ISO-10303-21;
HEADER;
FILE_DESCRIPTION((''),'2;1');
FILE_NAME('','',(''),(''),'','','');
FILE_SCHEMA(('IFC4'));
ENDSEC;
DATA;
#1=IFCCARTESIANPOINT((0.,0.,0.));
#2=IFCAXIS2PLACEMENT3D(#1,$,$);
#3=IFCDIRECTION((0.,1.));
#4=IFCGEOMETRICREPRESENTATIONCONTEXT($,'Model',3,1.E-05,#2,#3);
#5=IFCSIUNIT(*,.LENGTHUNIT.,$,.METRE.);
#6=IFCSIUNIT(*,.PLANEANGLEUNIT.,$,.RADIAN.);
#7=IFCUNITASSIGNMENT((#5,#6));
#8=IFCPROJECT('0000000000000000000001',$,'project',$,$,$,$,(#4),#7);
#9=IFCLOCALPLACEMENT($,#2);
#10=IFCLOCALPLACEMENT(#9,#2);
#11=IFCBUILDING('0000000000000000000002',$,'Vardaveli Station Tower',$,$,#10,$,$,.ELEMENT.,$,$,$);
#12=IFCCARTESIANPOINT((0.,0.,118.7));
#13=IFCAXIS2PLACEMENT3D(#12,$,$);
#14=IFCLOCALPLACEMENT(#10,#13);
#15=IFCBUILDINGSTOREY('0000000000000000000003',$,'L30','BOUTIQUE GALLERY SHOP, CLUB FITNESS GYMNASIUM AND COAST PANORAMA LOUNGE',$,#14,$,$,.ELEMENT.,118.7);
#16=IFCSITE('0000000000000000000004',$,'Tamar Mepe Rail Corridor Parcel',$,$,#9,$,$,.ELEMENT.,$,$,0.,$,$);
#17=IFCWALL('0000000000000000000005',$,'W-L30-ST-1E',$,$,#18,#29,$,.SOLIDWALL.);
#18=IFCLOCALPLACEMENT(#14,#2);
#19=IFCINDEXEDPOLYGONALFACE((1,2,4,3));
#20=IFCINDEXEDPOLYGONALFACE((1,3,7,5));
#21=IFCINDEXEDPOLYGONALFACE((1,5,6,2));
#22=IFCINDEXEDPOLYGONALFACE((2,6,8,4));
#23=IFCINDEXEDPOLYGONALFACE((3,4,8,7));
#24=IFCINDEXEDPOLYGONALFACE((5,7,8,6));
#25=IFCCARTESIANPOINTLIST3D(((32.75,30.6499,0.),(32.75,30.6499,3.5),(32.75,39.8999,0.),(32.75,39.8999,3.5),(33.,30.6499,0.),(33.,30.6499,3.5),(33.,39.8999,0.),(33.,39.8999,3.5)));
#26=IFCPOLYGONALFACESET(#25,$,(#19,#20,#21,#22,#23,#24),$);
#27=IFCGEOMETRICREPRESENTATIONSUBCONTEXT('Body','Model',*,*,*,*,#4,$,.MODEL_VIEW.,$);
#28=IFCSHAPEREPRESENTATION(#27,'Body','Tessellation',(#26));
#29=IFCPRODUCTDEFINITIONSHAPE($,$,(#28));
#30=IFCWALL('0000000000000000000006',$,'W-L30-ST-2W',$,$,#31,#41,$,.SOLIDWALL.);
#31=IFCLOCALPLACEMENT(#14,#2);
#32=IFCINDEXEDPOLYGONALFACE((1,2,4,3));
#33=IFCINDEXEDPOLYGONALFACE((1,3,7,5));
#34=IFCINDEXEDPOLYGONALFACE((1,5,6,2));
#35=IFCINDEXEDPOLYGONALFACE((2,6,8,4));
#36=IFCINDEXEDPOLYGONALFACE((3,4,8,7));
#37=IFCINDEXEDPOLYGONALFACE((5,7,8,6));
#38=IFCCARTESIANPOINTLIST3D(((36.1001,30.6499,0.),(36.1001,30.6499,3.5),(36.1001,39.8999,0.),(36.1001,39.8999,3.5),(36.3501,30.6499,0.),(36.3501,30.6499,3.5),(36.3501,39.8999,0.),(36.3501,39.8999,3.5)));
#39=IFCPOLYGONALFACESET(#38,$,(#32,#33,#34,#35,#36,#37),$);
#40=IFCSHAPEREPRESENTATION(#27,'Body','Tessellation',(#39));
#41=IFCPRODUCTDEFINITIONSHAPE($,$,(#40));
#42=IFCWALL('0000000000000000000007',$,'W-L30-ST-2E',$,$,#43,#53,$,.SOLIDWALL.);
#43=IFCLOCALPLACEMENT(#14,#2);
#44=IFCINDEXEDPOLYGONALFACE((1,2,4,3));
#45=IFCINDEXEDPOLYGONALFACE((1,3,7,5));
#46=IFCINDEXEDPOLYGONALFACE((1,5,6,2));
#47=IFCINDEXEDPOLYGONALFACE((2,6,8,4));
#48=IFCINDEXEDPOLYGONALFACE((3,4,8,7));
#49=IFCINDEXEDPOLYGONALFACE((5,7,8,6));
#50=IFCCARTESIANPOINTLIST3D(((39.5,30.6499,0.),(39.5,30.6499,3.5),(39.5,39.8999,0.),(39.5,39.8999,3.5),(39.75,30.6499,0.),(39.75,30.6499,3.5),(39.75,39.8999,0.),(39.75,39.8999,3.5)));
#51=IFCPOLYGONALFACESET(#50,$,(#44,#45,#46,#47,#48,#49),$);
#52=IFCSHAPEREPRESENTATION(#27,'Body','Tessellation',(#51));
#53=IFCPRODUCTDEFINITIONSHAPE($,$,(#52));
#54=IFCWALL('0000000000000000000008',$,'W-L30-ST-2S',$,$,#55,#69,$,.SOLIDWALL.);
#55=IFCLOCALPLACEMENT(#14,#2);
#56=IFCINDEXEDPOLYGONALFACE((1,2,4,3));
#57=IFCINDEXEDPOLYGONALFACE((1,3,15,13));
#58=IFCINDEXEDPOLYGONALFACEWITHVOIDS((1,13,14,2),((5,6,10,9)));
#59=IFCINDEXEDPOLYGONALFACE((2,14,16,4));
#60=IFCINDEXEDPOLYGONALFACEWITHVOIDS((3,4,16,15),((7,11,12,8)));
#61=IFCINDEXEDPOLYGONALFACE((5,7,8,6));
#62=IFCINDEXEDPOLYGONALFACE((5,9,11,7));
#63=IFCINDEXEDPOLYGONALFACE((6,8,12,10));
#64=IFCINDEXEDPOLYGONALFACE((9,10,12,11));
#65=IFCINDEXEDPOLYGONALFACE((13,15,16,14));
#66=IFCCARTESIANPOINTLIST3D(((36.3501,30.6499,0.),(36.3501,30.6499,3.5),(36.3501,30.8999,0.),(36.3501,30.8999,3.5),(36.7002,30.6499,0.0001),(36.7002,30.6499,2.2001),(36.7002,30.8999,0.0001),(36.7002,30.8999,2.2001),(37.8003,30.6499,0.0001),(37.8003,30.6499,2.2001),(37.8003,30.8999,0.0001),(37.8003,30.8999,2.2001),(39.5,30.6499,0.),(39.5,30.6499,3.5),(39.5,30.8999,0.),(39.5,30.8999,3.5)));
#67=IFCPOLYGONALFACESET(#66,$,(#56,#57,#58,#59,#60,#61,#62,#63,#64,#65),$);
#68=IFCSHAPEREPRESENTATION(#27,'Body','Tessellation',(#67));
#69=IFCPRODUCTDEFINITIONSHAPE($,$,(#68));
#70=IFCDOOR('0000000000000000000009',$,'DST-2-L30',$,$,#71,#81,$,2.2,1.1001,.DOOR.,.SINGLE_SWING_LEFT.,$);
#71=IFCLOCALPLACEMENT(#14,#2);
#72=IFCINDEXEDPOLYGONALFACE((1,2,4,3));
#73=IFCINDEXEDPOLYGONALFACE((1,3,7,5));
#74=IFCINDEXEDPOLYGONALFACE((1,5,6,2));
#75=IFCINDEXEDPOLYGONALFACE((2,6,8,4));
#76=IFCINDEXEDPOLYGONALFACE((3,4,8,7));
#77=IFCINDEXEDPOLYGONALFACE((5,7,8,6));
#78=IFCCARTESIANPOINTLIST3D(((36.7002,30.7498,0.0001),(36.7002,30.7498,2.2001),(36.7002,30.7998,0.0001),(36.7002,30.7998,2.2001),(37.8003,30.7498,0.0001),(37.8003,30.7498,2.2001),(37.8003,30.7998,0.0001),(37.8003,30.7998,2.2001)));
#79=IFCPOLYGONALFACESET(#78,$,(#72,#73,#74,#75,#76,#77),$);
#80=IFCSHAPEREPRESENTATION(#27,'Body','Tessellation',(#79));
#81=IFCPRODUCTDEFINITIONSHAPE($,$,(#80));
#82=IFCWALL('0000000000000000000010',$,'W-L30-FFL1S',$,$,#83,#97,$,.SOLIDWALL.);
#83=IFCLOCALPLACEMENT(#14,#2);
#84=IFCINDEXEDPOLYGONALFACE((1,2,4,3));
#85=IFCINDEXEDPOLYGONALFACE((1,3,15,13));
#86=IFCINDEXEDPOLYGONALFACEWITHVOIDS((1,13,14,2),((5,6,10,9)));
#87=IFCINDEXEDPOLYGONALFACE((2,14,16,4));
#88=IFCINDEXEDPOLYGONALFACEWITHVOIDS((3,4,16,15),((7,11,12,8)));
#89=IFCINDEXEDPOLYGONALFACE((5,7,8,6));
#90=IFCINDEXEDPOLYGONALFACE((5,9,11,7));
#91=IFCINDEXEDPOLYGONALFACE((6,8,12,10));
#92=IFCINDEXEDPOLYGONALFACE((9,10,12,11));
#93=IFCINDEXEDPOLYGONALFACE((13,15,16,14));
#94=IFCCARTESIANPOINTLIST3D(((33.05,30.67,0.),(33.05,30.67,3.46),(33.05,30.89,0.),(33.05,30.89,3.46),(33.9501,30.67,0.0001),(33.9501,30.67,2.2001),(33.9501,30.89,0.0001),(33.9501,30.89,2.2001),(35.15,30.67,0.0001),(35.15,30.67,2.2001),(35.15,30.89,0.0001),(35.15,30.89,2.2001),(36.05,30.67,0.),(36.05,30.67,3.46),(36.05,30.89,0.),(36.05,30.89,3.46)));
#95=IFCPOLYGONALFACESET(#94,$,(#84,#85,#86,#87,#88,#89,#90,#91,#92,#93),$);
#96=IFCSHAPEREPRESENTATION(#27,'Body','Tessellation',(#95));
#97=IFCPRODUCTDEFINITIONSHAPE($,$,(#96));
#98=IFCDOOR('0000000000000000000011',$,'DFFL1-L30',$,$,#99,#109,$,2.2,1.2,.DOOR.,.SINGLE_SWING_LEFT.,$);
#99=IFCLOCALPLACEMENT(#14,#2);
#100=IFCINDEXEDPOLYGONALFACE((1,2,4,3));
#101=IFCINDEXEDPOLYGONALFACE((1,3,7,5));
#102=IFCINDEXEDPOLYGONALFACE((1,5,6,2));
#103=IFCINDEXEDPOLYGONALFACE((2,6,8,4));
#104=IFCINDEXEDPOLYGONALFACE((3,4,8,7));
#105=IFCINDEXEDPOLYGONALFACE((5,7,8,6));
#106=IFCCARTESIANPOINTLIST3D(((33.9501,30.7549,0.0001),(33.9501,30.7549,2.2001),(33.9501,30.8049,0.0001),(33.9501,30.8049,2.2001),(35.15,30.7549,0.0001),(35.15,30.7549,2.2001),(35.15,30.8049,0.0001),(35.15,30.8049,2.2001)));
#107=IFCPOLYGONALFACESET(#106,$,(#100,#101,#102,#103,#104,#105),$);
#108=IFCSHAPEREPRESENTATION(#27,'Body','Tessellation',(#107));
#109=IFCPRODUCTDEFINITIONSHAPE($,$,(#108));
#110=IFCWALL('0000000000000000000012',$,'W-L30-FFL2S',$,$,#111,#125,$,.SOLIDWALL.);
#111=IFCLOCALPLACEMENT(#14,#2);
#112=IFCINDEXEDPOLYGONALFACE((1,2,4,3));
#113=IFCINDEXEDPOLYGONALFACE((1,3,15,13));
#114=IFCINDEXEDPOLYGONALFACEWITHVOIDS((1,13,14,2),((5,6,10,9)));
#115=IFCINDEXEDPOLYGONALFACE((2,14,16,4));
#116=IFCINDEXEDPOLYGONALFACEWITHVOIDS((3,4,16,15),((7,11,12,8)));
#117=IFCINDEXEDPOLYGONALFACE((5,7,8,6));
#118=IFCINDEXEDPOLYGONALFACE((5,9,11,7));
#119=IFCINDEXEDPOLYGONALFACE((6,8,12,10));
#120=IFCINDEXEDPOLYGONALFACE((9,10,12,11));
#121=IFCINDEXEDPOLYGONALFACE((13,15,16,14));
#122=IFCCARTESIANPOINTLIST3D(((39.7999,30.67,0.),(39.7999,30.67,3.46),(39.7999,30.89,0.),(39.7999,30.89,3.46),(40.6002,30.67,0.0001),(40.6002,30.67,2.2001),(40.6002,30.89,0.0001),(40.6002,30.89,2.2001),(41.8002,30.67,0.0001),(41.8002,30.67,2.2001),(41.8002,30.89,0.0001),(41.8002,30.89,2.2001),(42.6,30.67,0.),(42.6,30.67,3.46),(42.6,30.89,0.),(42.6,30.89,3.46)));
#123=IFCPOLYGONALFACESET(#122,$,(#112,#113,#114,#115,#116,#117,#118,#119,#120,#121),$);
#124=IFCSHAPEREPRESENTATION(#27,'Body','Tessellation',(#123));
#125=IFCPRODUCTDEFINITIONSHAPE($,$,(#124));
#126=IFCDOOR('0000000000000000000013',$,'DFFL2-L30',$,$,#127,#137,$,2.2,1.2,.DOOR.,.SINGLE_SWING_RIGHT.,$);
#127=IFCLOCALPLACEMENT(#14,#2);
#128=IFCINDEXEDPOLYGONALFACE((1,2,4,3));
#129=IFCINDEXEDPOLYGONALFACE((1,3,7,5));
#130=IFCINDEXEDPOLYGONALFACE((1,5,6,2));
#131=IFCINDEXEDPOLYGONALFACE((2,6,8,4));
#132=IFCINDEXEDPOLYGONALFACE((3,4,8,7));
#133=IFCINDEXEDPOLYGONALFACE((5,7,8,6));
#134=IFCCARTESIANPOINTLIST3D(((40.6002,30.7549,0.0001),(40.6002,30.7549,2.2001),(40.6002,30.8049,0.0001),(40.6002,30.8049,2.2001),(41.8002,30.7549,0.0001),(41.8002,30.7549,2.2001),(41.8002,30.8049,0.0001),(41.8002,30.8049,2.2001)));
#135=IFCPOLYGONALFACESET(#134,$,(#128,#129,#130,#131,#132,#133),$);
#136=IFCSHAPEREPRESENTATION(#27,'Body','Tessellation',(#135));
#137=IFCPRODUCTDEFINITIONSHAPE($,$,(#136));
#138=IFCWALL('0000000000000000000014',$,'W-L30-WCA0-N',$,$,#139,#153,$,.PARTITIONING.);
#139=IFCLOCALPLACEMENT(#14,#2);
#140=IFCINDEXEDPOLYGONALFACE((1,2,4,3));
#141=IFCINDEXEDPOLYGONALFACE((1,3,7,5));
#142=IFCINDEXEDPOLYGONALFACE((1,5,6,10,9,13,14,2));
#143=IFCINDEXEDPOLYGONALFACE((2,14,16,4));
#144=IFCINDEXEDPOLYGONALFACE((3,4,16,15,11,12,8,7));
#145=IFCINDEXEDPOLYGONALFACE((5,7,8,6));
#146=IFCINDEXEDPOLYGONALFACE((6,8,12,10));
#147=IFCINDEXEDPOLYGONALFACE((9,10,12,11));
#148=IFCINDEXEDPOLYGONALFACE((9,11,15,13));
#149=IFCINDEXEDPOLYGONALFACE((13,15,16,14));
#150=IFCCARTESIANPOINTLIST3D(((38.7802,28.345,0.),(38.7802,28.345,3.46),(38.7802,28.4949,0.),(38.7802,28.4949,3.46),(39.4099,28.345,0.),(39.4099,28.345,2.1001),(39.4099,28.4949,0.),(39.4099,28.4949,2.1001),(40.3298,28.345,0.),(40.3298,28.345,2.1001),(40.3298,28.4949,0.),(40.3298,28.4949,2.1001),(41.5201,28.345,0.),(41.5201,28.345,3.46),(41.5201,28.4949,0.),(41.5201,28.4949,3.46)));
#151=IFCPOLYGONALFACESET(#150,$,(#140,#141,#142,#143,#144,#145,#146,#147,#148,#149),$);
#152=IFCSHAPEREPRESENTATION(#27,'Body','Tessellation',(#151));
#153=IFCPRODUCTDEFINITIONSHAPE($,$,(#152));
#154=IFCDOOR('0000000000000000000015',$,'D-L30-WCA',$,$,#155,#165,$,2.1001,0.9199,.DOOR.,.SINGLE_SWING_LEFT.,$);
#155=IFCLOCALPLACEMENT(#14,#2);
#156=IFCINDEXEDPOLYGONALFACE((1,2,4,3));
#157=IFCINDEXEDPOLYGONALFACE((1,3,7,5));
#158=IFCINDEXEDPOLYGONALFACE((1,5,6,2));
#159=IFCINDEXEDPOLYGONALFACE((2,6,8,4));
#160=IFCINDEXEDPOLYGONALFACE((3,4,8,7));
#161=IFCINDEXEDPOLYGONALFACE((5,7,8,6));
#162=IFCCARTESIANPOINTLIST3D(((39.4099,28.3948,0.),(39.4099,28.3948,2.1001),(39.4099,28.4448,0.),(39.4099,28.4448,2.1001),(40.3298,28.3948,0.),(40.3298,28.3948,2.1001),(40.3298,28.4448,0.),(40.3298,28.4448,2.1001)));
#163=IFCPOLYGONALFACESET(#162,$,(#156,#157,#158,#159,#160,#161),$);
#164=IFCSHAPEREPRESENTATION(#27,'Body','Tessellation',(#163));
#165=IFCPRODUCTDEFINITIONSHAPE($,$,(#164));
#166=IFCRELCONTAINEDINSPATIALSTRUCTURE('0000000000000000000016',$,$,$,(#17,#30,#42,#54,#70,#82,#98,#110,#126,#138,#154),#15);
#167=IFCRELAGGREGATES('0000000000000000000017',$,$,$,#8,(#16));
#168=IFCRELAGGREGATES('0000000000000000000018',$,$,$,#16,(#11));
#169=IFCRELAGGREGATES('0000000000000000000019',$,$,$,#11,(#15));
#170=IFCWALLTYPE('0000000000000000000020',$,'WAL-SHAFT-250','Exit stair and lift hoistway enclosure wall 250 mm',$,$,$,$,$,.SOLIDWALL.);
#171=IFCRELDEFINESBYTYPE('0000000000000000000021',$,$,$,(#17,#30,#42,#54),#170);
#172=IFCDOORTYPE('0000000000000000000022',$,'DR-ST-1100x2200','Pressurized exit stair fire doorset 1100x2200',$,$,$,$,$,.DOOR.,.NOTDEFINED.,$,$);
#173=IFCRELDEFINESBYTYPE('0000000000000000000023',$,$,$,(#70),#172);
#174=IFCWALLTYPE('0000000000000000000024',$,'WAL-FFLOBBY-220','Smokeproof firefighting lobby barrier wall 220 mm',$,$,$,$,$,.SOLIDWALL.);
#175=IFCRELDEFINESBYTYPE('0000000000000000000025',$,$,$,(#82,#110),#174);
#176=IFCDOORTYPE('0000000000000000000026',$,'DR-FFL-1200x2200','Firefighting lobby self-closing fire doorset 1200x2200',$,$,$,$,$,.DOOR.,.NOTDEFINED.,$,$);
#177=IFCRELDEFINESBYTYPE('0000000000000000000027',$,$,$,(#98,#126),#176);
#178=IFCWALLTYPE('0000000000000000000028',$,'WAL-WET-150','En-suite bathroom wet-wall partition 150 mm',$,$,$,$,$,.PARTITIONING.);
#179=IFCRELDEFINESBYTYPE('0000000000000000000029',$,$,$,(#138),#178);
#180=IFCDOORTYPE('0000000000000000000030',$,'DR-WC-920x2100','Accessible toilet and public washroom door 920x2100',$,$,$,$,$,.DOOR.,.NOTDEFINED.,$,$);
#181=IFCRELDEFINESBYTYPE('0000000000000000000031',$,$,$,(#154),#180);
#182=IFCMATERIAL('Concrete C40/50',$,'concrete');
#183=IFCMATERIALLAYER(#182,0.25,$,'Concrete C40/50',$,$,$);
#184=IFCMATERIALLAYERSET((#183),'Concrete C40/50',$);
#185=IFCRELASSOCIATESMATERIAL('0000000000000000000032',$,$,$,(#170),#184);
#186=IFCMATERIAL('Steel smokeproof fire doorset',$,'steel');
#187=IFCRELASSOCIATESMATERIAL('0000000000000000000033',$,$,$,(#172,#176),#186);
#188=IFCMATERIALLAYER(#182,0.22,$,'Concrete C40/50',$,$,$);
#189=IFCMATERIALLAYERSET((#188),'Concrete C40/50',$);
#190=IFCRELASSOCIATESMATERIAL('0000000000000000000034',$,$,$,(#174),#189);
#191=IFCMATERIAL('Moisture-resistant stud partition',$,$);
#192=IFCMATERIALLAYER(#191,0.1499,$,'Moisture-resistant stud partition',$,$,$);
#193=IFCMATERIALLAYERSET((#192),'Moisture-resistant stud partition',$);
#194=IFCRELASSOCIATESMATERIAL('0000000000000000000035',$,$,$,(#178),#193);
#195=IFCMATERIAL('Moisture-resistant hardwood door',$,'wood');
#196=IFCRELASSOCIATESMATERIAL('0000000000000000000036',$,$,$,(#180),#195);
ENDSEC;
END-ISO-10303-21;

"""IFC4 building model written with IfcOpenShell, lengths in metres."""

from ifc_helpers import new_model, si_unit, direction, frame, frame_2d, origin, place, context, subcontext, project, spatial, rectangle, extrude, source, transform, mapped, material, layer, layer_set, type_object, element, fill, save


model = new_model("IFC4")

# Units and contexts
model_context = context("Model", 3, precision=1e-05, world=origin(), true_north=direction((0.0, 1.0)))
body_context = subcontext(model_context, "Body", "Model", "MODEL_VIEW")
ifc_project = project(units=[si_unit("LENGTHUNIT", "METRE"), si_unit("PLANEANGLEUNIT", "RADIAN")], contexts=[model_context])

# Site, building, storey
site_placement = place(None, origin())
site = spatial("IfcSite", under=ifc_project, at=site_placement, Name="Tamar Mepe Rail Corridor Parcel", CompositionType="ELEMENT", RefElevation=0.0)
building_placement = place(site_placement, origin())
building = spatial("IfcBuilding", under=site, at=building_placement, Name="Vardaveli Station Tower", CompositionType="ELEMENT")
storey_placement = place(building_placement, frame((0.0, 0.0, 118.7)))
storey = spatial("IfcBuildingStorey", under=building, at=storey_placement, Name="L30", Description="BOUTIQUE GALLERY SHOP, CLUB FITNESS GYMNASIUM AND COAST PANORAMA LOUNGE", CompositionType="ELEMENT", Elevation=118.7)

# Walls
ifc_material_1 = material(Name="Concrete C40/50", Category="concrete")
ifc_layer_1 = layer(ifc_material_1, 0.25, Name="Concrete C40/50")
ifc_layer_set_1 = layer_set([ifc_layer_1], Name="Concrete C40/50")
wall_type_1 = type_object("IfcWallType", Name="WAL-SHAFT-250", Description="Exit stair and lift hoistway enclosure wall 250 mm", PredefinedType="SOLIDWALL", material=ifc_layer_set_1)
shared_shape_1 = source(origin(), body_context, "Body", "SweptSolid", [
    extrude(rectangle(XDim=9.25, YDim=0.25, at=frame_2d((4.625, 0.0))), origin(), (0.0, 0.0, 1.0), 3.5),
])
for number, where, z_axis, x_axis, name in (
    (1, (32.875, 30.6499, 0.0), (0.0, 0.0, 1.0), (0.0, 1.0, 0.0), "W-L30-ST-1E"),
    (2, (36.2251, 30.6499, 0.0), (0.0, 0.0, 1.0), (0.0, 1.0, 0.0), "W-L30-ST-2W"),
    (3, (39.625, 30.6499, 0.0), (0.0, 0.0, 1.0), (0.0, 1.0, 0.0), "W-L30-ST-2E"),
):
    element("IfcWall", number, at=place(storey_placement, frame(where, z_axis=z_axis, x_axis=x_axis)), inside=storey, type_object=wall_type_1, Name=name, PredefinedType="SOLIDWALL", context=body_context, shape_type="MappedRepresentation", body=[
        mapped(shared_shape_1, transform((0.0, 0.0, 0.0), scale=1.0)),
    ])

# Walls, openings, doors
shared_shape_2 = source(origin(), body_context, "Body", "SweptSolid", [
    extrude(rectangle(XDim=3.1499, YDim=0.25, at=frame_2d((1.575, 0.0))), origin(), (0.0, 0.0, 1.0), 3.5),
])
wall_1_placement = place(storey_placement, frame((36.3501, 30.7749, 0.0), z_axis=(0.0, 0.0, 1.0), x_axis=(1.0, 0.0, 0.0)))
wall_1 = element("IfcWall", 4, at=wall_1_placement, inside=storey, type_object=wall_type_1, Name="W-L30-ST-2S", PredefinedType="SOLIDWALL", context=body_context, shape_type="MappedRepresentation", body=[
    mapped(shared_shape_2, transform((0.0, 0.0, 0.0), scale=1.0)),
])
shared_shape_3 = source(origin(), body_context, "Body", "SweptSolid", [
    extrude(rectangle(XDim=1.1001, YDim=2.2, at=frame_2d((0.55, 1.1001))), frame((0.0, 0.135, 0.0), z_axis=(0.0, -1.0, 0.0), x_axis=(1.0, 0.0, 0.0)), (0.0, 0.0, 1.0), 0.27),
])
opening_1_placement = place(wall_1_placement, frame((0.3501, 0.0, 0.0)))
opening_1 = element("IfcOpeningElement", 5, at=opening_1_placement, cuts=wall_1, PredefinedType="OPENING", context=body_context, shape_type="MappedRepresentation", body=[
    mapped(shared_shape_3, transform((0.0, 0.0, 0.0), scale=1.0)),
])
ifc_material_2 = material(Name="Steel smokeproof fire doorset", Category="steel")
door_type_1 = type_object("IfcDoorType", Name="DR-ST-1100x2200", Description="Pressurized exit stair fire doorset 1100x2200", OperationType="NOTDEFINED", PredefinedType="DOOR", material=ifc_material_2)
shared_shape_4 = source(origin(), body_context, "Body", "SweptSolid", [
    extrude(rectangle(XDim=1.1001, YDim=2.2, at=frame_2d((0.55, 1.1001))), frame((0.0, 0.0249, 0.0), z_axis=(0.0, -1.0, 0.0), x_axis=(1.0, 0.0, 0.0)), (0.0, 0.0, 1.0), 0.05),
])
door_1_placement = place(opening_1_placement, origin())
door_1 = element("IfcDoor", 6, at=door_1_placement, inside=storey, type_object=door_type_1, Name="DST-2-L30", OperationType="SINGLE_SWING_LEFT", OverallHeight=2.2, OverallWidth=1.1001, PredefinedType="DOOR", context=body_context, shape_type="MappedRepresentation", body=[
    mapped(shared_shape_4, transform((0.0, 0.0, 0.0), scale=1.0)),
])
fill(opening_1, door_1)
ifc_layer_2 = layer(ifc_material_1, 0.22, Name="Concrete C40/50")
ifc_layer_set_2 = layer_set([ifc_layer_2], Name="Concrete C40/50")
wall_type_2 = type_object("IfcWallType", Name="WAL-FFLOBBY-220", Description="Smokeproof firefighting lobby barrier wall 220 mm", PredefinedType="SOLIDWALL", material=ifc_layer_set_2)
shared_shape_5 = source(origin(), body_context, "Body", "SweptSolid", [
    extrude(rectangle(XDim=3.0, YDim=0.22, at=frame_2d((1.5, 0.0))), origin(), (0.0, 0.0, 1.0), 3.46),
])
wall_2_placement = place(storey_placement, frame((33.05, 30.78, 0.0), z_axis=(0.0, 0.0, 1.0), x_axis=(1.0, 0.0, 0.0)))
wall_2 = element("IfcWall", 7, at=wall_2_placement, inside=storey, type_object=wall_type_2, Name="W-L30-FFL1S", PredefinedType="SOLIDWALL", context=body_context, shape_type="MappedRepresentation", body=[
    mapped(shared_shape_5, transform((0.0, 0.0, 0.0), scale=1.0)),
])
shared_shape_6 = source(origin(), body_context, "Body", "SweptSolid", [
    extrude(rectangle(XDim=1.2, YDim=2.2, at=frame_2d((0.6001, 1.1001))), frame((0.0, 0.1201, 0.0), z_axis=(0.0, -1.0, 0.0), x_axis=(1.0, 0.0, 0.0)), (0.0, 0.0, 1.0), 0.24),
])
opening_2_placement = place(wall_2_placement, frame((0.8999, 0.0, 0.0)))
opening_2 = element("IfcOpeningElement", 8, at=opening_2_placement, cuts=wall_2, PredefinedType="OPENING", context=body_context, shape_type="MappedRepresentation", body=[
    mapped(shared_shape_6, transform((0.0, 0.0, 0.0), scale=1.0)),
])
door_type_2 = type_object("IfcDoorType", Name="DR-FFL-1200x2200", Description="Firefighting lobby self-closing fire doorset 1200x2200", OperationType="NOTDEFINED", PredefinedType="DOOR", material=ifc_material_2)
shared_shape_7 = source(origin(), body_context, "Body", "SweptSolid", [
    extrude(rectangle(XDim=1.2, YDim=2.2, at=frame_2d((0.6001, 1.1001))), frame((0.0, 0.0249, 0.0), z_axis=(0.0, -1.0, 0.0), x_axis=(1.0, 0.0, 0.0)), (0.0, 0.0, 1.0), 0.05),
])
door_2_placement = place(opening_2_placement, origin())
door_2 = element("IfcDoor", 9, at=door_2_placement, inside=storey, type_object=door_type_2, Name="DFFL1-L30", OperationType="SINGLE_SWING_LEFT", OverallHeight=2.2, OverallWidth=1.2, PredefinedType="DOOR", context=body_context, shape_type="MappedRepresentation", body=[
    mapped(shared_shape_7, transform((0.0, 0.0, 0.0), scale=1.0)),
])
fill(opening_2, door_2)
shared_shape_8 = source(origin(), body_context, "Body", "SweptSolid", [
    extrude(rectangle(XDim=2.8, YDim=0.22, at=frame_2d((1.3999, 0.0))), origin(), (0.0, 0.0, 1.0), 3.46),
])
wall_3_placement = place(storey_placement, frame((39.8, 30.78, 0.0), z_axis=(0.0, 0.0, 1.0), x_axis=(1.0, 0.0, 0.0)))
wall_3 = element("IfcWall", 10, at=wall_3_placement, inside=storey, type_object=wall_type_2, Name="W-L30-FFL2S", PredefinedType="SOLIDWALL", context=body_context, shape_type="MappedRepresentation", body=[
    mapped(shared_shape_8, transform((0.0, 0.0, 0.0), scale=1.0)),
])
opening_3_placement = place(wall_3_placement, frame((0.8, 0.0, 0.0)))
opening_3 = element("IfcOpeningElement", 11, at=opening_3_placement, cuts=wall_3, PredefinedType="OPENING", context=body_context, shape_type="MappedRepresentation", body=[
    mapped(shared_shape_6, transform((0.0, 0.0, 0.0), scale=1.0)),
])
door_3_placement = place(opening_3_placement, origin())
door_3 = element("IfcDoor", 12, at=door_3_placement, inside=storey, type_object=door_type_2, Name="DFFL2-L30", OperationType="SINGLE_SWING_RIGHT", OverallHeight=2.2, OverallWidth=1.2, PredefinedType="DOOR", context=body_context, shape_type="MappedRepresentation", body=[
    mapped(shared_shape_7, transform((0.0, 0.0, 0.0), scale=1.0)),
])
fill(opening_3, door_3)
ifc_material_3 = material(Name="Moisture-resistant stud partition")
ifc_layer_3 = layer(ifc_material_3, 0.1499, Name="Moisture-resistant stud partition")
ifc_layer_set_3 = layer_set([ifc_layer_3], Name="Moisture-resistant stud partition")
wall_type_3 = type_object("IfcWallType", Name="WAL-WET-150", Description="En-suite bathroom wet-wall partition 150 mm", PredefinedType="PARTITIONING", material=ifc_layer_set_3)
shared_shape_9 = source(origin(), body_context, "Body", "SweptSolid", [
    extrude(rectangle(XDim=2.74, YDim=0.1499, at=frame_2d((1.3701, 0.0))), origin(), (0.0, 0.0, 1.0), 3.46),
])
wall_4_placement = place(storey_placement, frame((38.78, 28.4199, 0.0), z_axis=(0.0, 0.0, 1.0), x_axis=(1.0, 0.0, 0.0)))
wall_4 = element("IfcWall", 13, at=wall_4_placement, inside=storey, type_object=wall_type_3, Name="W-L30-WCA0-N", PredefinedType="PARTITIONING", context=body_context, shape_type="MappedRepresentation", body=[
    mapped(shared_shape_9, transform((0.0, 0.0, 0.0), scale=1.0)),
])
shared_shape_10 = source(origin(), body_context, "Body", "SweptSolid", [
    extrude(rectangle(XDim=0.9199, YDim=2.1001, at=frame_2d((0.46, 1.05))), frame((0.0, 0.085, 0.0), z_axis=(0.0, -1.0, 0.0), x_axis=(1.0, 0.0, 0.0)), (0.0, 0.0, 1.0), 0.1699),
])
opening_4_placement = place(wall_4_placement, frame((0.6299, 0.0, 0.0)))
opening_4 = element("IfcOpeningElement", 14, at=opening_4_placement, cuts=wall_4, PredefinedType="OPENING", context=body_context, shape_type="MappedRepresentation", body=[
    mapped(shared_shape_10, transform((0.0, 0.0, 0.0), scale=1.0)),
])
ifc_material_4 = material(Name="Moisture-resistant hardwood door", Category="wood")
door_type_3 = type_object("IfcDoorType", Name="DR-WC-920x2100", Description="Accessible toilet and public washroom door 920x2100", OperationType="NOTDEFINED", PredefinedType="DOOR", material=ifc_material_4)
shared_shape_11 = source(origin(), body_context, "Body", "SweptSolid", [
    extrude(rectangle(XDim=0.9199, YDim=2.1001, at=frame_2d((0.46, 1.05))), frame((0.0, 0.0249, 0.0), z_axis=(0.0, -1.0, 0.0), x_axis=(1.0, 0.0, 0.0)), (0.0, 0.0, 1.0), 0.05),
])
door_4_placement = place(opening_4_placement, origin())
door_4 = element("IfcDoor", 15, at=door_4_placement, inside=storey, type_object=door_type_3, Name="D-L30-WCA", OperationType="SINGLE_SWING_LEFT", OverallHeight=2.1001, OverallWidth=0.9199, PredefinedType="DOOR", context=body_context, shape_type="MappedRepresentation", body=[
    mapped(shared_shape_11, transform((0.0, 0.0, 0.0), scale=1.0)),
])
fill(opening_4, door_4)

save(model, "model.ifc")
